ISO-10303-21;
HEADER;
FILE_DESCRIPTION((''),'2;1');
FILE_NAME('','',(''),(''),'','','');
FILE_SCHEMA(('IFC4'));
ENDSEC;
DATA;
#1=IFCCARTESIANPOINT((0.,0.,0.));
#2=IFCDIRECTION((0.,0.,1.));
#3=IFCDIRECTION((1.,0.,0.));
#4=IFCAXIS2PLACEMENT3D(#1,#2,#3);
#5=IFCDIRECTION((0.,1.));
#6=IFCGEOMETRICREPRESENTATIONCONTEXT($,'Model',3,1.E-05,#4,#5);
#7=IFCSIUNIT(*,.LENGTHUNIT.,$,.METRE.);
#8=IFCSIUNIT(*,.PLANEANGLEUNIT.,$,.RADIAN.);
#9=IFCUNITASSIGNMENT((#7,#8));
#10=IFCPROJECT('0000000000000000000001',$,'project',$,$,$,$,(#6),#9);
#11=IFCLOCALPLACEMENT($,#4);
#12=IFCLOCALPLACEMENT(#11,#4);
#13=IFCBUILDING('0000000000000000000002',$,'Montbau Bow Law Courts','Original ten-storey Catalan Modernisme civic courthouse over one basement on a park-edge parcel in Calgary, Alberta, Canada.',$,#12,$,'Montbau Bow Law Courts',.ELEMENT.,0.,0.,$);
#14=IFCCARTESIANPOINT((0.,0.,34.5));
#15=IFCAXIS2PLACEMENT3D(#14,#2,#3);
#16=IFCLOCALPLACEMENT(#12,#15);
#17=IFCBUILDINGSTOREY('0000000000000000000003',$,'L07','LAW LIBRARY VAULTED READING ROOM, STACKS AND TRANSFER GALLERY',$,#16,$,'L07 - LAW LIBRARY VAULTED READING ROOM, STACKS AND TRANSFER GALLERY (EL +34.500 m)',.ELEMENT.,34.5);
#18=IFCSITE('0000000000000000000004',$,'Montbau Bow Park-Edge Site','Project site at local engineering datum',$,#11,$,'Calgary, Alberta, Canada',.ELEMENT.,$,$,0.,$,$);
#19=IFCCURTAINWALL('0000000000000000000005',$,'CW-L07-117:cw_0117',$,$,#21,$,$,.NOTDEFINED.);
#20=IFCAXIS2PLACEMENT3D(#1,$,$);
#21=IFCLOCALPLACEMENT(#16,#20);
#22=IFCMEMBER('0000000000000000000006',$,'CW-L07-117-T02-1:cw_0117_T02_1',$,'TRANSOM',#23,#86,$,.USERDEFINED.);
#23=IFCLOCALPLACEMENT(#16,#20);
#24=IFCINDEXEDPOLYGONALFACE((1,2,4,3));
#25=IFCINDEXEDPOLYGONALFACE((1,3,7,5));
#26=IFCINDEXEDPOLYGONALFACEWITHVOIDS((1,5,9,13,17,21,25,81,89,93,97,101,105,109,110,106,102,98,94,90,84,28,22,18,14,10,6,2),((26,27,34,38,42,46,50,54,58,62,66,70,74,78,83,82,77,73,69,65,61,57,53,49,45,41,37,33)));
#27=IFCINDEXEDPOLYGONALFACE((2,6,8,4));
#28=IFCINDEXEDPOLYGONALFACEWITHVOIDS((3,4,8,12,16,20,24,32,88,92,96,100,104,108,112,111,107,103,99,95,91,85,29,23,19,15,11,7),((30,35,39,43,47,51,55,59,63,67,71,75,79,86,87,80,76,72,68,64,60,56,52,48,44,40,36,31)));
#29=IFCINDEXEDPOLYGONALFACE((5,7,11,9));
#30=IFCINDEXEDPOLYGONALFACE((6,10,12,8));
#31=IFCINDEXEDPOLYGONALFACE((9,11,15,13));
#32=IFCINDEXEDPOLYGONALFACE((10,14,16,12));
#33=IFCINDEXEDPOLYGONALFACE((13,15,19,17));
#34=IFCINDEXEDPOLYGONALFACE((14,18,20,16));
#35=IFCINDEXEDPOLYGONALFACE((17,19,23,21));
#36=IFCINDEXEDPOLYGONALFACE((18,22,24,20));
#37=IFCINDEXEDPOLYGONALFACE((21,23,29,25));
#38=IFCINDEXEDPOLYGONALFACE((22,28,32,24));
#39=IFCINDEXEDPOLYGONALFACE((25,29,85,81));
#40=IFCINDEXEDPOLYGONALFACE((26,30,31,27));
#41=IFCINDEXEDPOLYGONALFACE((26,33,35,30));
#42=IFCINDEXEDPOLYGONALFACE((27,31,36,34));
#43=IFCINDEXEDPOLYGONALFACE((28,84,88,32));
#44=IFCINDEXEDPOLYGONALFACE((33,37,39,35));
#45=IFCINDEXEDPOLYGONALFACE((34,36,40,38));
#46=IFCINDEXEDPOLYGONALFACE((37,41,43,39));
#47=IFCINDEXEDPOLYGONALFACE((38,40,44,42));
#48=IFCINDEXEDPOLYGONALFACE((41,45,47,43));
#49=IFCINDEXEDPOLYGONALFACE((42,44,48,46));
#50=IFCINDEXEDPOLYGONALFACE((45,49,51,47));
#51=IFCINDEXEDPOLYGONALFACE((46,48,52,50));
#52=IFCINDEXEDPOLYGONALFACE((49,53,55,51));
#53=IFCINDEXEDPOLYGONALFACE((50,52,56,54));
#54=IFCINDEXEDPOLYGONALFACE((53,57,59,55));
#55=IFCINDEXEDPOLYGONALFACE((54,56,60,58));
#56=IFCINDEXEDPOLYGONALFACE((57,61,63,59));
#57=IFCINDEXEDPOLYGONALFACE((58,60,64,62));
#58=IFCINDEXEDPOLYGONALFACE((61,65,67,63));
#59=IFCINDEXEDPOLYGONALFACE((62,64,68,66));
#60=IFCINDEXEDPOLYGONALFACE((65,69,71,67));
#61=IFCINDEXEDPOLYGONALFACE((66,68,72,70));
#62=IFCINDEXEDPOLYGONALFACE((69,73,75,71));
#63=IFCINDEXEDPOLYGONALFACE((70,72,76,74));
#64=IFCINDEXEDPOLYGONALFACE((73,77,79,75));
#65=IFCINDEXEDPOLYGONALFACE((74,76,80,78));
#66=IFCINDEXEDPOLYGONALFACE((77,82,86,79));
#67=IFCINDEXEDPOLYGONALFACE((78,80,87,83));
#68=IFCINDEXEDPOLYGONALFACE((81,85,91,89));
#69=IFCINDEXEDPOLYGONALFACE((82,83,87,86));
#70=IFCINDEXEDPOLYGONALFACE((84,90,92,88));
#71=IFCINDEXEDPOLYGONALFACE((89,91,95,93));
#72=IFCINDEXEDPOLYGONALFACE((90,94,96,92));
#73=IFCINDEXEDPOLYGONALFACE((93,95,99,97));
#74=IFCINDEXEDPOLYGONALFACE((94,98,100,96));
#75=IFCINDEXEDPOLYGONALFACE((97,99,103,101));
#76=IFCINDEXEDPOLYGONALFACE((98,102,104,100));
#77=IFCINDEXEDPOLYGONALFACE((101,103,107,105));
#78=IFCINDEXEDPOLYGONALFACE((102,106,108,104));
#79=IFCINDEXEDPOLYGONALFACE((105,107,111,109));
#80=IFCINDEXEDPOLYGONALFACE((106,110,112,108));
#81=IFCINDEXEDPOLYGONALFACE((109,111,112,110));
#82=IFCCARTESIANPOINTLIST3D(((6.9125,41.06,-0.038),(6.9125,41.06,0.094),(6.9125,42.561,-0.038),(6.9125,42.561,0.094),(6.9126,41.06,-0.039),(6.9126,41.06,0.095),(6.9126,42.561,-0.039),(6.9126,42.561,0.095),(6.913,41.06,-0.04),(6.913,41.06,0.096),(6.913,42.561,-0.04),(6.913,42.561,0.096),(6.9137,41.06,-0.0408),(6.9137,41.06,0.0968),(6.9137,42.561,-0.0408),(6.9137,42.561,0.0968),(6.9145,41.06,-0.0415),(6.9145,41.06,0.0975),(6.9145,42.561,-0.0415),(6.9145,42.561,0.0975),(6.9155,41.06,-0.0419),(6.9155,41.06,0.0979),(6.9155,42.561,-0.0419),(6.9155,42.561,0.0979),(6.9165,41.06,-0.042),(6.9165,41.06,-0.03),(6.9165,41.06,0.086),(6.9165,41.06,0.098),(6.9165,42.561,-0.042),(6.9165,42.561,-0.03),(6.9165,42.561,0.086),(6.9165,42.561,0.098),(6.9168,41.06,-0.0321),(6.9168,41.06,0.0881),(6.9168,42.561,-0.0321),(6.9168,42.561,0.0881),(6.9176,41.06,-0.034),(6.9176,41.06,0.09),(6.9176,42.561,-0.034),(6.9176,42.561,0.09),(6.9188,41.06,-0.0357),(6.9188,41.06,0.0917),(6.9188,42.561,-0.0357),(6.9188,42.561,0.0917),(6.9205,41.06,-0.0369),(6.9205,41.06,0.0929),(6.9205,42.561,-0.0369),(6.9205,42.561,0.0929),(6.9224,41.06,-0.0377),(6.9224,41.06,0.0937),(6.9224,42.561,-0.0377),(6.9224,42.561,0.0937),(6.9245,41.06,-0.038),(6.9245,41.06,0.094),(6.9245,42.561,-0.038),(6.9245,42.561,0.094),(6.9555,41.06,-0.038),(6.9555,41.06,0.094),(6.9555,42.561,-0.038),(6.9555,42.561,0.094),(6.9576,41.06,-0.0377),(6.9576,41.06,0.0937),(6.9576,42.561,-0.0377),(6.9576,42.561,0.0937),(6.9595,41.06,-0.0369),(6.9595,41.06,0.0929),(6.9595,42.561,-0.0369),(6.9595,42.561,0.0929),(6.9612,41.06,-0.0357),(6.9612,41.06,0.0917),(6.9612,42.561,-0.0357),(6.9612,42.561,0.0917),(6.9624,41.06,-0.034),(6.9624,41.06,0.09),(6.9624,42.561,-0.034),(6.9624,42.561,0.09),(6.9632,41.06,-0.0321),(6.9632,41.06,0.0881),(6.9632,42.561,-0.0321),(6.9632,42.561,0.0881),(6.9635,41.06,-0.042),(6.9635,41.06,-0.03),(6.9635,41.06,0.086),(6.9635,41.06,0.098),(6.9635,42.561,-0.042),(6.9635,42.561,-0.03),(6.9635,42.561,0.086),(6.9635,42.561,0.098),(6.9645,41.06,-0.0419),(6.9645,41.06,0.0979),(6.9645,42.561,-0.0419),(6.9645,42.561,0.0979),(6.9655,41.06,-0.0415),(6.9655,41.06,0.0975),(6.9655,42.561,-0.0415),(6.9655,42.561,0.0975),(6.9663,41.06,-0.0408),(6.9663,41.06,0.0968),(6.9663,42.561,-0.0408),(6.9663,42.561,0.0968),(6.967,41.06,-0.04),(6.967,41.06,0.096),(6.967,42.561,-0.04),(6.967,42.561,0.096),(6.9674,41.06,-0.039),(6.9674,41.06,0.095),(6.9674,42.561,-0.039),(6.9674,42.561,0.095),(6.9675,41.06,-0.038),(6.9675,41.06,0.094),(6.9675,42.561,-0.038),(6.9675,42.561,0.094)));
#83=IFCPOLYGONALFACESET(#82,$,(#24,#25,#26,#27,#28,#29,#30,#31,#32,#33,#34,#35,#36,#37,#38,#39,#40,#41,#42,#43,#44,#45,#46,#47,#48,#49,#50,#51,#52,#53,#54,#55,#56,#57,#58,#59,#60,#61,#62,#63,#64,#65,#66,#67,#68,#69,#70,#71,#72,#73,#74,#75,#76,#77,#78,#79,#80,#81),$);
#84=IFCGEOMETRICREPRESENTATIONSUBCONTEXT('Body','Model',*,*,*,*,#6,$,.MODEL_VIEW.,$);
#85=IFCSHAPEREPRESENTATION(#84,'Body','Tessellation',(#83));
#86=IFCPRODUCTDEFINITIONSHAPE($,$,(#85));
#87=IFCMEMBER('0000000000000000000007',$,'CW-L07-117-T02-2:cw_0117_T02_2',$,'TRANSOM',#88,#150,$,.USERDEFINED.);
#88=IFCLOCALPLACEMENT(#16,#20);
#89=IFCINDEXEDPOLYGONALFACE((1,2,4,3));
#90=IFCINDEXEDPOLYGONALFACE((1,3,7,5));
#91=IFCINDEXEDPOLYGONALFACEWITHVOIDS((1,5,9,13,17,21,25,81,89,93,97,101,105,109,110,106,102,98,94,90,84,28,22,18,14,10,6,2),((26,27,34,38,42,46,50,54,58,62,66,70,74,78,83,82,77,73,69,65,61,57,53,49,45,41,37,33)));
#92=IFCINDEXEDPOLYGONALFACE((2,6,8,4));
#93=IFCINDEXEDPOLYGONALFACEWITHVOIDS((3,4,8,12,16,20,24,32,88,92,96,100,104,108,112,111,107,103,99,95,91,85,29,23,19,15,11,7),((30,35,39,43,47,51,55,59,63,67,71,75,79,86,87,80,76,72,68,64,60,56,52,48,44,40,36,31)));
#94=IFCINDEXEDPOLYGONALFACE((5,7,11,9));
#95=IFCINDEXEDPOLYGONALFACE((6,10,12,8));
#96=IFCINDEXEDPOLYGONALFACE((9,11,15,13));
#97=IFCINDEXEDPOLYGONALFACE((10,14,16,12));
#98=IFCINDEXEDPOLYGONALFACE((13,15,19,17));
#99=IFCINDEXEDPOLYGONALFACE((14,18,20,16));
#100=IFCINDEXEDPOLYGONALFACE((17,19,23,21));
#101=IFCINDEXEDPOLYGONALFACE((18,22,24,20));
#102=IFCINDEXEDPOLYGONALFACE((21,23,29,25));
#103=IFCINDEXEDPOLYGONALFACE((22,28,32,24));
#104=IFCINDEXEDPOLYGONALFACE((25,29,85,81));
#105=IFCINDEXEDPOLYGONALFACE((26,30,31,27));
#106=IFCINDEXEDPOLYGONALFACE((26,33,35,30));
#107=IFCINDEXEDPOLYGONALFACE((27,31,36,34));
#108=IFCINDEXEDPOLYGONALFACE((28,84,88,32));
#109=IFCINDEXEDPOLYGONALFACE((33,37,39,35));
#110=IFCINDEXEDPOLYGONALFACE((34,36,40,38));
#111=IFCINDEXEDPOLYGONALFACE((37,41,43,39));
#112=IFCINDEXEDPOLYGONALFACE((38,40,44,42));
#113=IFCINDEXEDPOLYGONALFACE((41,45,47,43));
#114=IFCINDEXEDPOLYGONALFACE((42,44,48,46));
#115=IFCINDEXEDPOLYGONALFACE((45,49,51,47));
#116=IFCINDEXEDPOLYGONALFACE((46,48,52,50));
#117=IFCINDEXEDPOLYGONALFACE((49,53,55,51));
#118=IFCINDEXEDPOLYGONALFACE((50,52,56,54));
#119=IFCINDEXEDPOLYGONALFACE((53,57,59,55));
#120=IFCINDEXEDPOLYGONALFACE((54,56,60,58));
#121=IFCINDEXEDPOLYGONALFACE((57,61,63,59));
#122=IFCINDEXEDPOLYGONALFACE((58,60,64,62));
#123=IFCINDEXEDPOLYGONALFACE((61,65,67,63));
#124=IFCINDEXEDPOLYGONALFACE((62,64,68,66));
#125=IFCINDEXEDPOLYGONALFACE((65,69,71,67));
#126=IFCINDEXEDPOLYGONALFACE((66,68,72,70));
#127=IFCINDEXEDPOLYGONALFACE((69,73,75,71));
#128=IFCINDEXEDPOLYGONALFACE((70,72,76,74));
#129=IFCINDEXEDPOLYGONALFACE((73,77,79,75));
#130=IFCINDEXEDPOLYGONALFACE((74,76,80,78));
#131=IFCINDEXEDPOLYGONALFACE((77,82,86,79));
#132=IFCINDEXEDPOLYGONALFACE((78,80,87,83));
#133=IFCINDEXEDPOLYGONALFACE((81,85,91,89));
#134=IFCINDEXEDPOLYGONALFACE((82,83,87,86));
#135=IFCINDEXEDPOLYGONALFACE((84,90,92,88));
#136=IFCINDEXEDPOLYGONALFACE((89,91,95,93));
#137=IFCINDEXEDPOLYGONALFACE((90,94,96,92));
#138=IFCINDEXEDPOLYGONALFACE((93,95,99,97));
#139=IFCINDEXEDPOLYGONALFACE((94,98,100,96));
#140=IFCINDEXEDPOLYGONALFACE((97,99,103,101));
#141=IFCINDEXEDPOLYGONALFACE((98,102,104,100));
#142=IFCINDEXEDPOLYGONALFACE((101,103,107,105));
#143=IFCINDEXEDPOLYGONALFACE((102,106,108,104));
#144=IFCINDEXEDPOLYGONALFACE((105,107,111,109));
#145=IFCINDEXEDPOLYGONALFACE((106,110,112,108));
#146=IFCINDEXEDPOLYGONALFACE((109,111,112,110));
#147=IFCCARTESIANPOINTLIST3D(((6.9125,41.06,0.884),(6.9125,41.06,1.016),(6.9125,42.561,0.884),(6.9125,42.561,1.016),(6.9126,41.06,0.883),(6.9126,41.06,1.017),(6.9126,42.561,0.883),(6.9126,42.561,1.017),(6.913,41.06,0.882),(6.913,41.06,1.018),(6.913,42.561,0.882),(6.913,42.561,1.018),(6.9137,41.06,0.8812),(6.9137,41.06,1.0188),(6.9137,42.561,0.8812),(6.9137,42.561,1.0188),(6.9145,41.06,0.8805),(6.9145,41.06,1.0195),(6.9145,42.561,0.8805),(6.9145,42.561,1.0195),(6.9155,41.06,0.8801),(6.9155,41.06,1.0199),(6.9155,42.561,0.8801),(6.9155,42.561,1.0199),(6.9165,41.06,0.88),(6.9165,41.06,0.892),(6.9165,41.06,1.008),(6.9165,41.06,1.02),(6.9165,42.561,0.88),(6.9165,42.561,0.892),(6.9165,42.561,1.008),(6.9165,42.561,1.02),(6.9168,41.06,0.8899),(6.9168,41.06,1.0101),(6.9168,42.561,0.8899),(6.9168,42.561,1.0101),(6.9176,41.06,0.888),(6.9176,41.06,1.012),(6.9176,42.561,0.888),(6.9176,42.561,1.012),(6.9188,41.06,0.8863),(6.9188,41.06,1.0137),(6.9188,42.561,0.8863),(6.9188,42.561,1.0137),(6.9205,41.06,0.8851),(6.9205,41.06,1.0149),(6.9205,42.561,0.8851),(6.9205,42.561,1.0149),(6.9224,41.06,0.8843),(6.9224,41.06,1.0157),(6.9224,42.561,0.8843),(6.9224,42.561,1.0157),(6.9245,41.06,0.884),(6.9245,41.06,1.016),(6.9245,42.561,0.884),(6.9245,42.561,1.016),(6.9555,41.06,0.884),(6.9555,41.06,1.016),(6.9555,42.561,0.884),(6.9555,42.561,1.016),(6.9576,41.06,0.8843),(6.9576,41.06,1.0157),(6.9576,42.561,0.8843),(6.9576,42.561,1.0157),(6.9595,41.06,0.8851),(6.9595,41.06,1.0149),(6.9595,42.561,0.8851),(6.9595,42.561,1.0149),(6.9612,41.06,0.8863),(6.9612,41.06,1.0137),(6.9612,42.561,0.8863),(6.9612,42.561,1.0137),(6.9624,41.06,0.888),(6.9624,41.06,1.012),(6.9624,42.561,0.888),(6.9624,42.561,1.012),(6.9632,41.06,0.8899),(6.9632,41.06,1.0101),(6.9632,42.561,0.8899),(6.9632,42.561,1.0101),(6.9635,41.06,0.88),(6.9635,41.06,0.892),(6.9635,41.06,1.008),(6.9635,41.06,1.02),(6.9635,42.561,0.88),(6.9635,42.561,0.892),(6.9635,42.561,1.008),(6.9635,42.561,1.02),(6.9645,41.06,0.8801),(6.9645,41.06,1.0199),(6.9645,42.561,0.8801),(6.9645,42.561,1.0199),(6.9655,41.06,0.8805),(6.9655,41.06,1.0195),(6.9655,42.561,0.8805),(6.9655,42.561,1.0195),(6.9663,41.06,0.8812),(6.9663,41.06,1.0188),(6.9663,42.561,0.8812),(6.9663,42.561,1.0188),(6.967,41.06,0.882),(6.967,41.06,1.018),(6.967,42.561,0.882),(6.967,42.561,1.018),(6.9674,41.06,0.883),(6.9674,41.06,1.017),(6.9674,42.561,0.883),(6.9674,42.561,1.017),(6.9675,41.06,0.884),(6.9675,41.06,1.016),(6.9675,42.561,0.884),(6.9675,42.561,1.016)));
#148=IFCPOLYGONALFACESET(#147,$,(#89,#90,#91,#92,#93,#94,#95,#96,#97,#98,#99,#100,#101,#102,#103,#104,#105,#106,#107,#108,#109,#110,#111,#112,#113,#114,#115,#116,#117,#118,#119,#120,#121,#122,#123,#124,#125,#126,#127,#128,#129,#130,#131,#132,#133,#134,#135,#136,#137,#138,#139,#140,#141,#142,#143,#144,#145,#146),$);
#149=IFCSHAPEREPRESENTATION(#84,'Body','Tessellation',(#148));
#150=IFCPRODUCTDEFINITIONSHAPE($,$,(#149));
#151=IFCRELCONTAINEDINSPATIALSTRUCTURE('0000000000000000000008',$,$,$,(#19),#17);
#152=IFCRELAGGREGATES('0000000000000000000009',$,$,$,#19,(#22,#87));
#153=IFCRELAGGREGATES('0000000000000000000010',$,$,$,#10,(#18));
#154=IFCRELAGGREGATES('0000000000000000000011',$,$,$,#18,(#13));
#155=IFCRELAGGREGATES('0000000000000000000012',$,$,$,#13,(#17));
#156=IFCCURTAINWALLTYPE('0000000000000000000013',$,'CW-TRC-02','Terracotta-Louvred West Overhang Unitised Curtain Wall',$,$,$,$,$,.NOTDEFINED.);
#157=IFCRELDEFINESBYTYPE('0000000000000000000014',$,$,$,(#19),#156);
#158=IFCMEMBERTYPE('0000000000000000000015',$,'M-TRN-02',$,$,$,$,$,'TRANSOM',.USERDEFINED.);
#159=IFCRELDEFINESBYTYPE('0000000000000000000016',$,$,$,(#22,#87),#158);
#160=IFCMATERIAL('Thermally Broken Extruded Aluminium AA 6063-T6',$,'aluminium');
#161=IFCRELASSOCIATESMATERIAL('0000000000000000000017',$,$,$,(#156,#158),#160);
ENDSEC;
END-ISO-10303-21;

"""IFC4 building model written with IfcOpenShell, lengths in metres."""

from ifc_helpers import new_model, si_unit, direction, frame, origin_with_axes, origin_2d_with_axis, place, context, subcontext, project, spatial, hollow_rectangle, extrude, material, material_profile, profile_set, type_object, element, aggregate, save


model = new_model("IFC4")

# Units and contexts
model_context = context("Model", 3, precision=1e-05, world=origin_with_axes(), true_north=direction((0.0, 1.0)))
body_context = subcontext(model_context, "Body", "Model", "MODEL_VIEW")
ifc_project = project(units=[si_unit("LENGTHUNIT", "METRE"), si_unit("PLANEANGLEUNIT", "RADIAN")], contexts=[model_context])

# Site, building, storey
site_placement = place(None, origin_with_axes())
site = spatial("IfcSite", under=ifc_project, at=site_placement, Name="Montbau Bow Park-Edge Site", Description="Project site at local engineering datum", LongName="Calgary, Alberta, Canada", CompositionType="ELEMENT", RefElevation=0.0)
building_placement = place(site_placement, origin_with_axes())
building = spatial("IfcBuilding", under=site, at=building_placement, Name="Montbau Bow Law Courts", Description="Original ten-storey Catalan Modernisme civic courthouse over one basement on a park-edge parcel in Calgary, Alberta, Canada.", LongName="Montbau Bow Law Courts", CompositionType="ELEMENT", ElevationOfRefHeight=0.0, ElevationOfTerrain=0.0)
storey_placement = place(building_placement, frame((0.0, 0.0, 34.5), z_axis=(0.0, 0.0, 1.0), x_axis=(1.0, 0.0, 0.0)))
storey = spatial("IfcBuildingStorey", under=building, at=storey_placement, Name="L07", Description="LAW LIBRARY VAULTED READING ROOM, STACKS AND TRANSFER GALLERY", LongName="L07 - LAW LIBRARY VAULTED READING ROOM, STACKS AND TRANSFER GALLERY (EL +34.500 m)", CompositionType="ELEMENT", Elevation=34.5)

# Curtain wall, members
ifc_material_1 = material(Name="Thermally Broken Extruded Aluminium AA 6063-T6", Category="aluminium")
curtain_wall_type = type_object("IfcCurtainWallType", Name="CW-TRC-02", Description="Terracotta-Louvred West Overhang Unitised Curtain Wall", PredefinedType="NOTDEFINED", material=ifc_material_1)
curtain_wall_placement = place(None, frame((6.94, 39.44, 34.5), z_axis=(0.0, 0.0, 1.0), x_axis=(1.0, 0.0, 0.0)))
curtain_wall = element("IfcCurtainWall", 1, at=curtain_wall_placement, inside=storey, type_object=curtain_wall_type, Name="CW-L07-117:cw_0117", PredefinedType="NOTDEFINED")
ifc_material_profile_1 = material_profile(ifc_material_1, hollow_rectangle(XDim=0.055, YDim=0.14, WallThickness=0.004, InnerFilletRadius=0.008, OuterFilletRadius=0.004, at=origin_2d_with_axis()), Name="CWT-140X55", Category="Main", Priority=0)
ifc_profile_set_1 = profile_set([ifc_material_profile_1], Name="Thermally Broken Extruded Aluminium AA 6063-T6")
member_type_1 = type_object("IfcMemberType", Name="M-TRN-02", ElementType="TRANSOM", PredefinedType="USERDEFINED", material=ifc_profile_set_1)
member_1_placement = place(None, frame((6.94, 41.06, 34.528), z_axis=(0.0, 1.0, 0.0), x_axis=(-1.0, 0.0, 0.0)))
member_1 = element("IfcMember", 2, at=member_1_placement, type_object=member_type_1, Name="CW-L07-117-T02-1:cw_0117_T02_1", ObjectType="TRANSOM", PredefinedType="USERDEFINED", context=body_context, shape_type="SweptSolid", body=[
    extrude(hollow_rectangle(XDim=0.055, YDim=0.14, WallThickness=0.004, InnerFilletRadius=0.008, OuterFilletRadius=0.004, at=origin_2d_with_axis()), origin_with_axes(), (0.0, 0.0, 1.0), 1.501),
])
member_2_placement = place(None, frame((6.94, 41.06, 35.45), z_axis=(0.0, 1.0, 0.0), x_axis=(-1.0, 0.0, 0.0)))
member_2 = element("IfcMember", 3, at=member_2_placement, type_object=member_type_1, Name="CW-L07-117-T02-2:cw_0117_T02_2", ObjectType="TRANSOM", PredefinedType="USERDEFINED", context=body_context, shape_type="SweptSolid", body=[
    extrude(hollow_rectangle(XDim=0.055, YDim=0.14, WallThickness=0.004, InnerFilletRadius=0.008, OuterFilletRadius=0.004, at=origin_2d_with_axis()), origin_with_axes(), (0.0, 0.0, 1.0), 1.501),
])
aggregate(curtain_wall, [member_1, member_2])

save(model, "model.ifc")
